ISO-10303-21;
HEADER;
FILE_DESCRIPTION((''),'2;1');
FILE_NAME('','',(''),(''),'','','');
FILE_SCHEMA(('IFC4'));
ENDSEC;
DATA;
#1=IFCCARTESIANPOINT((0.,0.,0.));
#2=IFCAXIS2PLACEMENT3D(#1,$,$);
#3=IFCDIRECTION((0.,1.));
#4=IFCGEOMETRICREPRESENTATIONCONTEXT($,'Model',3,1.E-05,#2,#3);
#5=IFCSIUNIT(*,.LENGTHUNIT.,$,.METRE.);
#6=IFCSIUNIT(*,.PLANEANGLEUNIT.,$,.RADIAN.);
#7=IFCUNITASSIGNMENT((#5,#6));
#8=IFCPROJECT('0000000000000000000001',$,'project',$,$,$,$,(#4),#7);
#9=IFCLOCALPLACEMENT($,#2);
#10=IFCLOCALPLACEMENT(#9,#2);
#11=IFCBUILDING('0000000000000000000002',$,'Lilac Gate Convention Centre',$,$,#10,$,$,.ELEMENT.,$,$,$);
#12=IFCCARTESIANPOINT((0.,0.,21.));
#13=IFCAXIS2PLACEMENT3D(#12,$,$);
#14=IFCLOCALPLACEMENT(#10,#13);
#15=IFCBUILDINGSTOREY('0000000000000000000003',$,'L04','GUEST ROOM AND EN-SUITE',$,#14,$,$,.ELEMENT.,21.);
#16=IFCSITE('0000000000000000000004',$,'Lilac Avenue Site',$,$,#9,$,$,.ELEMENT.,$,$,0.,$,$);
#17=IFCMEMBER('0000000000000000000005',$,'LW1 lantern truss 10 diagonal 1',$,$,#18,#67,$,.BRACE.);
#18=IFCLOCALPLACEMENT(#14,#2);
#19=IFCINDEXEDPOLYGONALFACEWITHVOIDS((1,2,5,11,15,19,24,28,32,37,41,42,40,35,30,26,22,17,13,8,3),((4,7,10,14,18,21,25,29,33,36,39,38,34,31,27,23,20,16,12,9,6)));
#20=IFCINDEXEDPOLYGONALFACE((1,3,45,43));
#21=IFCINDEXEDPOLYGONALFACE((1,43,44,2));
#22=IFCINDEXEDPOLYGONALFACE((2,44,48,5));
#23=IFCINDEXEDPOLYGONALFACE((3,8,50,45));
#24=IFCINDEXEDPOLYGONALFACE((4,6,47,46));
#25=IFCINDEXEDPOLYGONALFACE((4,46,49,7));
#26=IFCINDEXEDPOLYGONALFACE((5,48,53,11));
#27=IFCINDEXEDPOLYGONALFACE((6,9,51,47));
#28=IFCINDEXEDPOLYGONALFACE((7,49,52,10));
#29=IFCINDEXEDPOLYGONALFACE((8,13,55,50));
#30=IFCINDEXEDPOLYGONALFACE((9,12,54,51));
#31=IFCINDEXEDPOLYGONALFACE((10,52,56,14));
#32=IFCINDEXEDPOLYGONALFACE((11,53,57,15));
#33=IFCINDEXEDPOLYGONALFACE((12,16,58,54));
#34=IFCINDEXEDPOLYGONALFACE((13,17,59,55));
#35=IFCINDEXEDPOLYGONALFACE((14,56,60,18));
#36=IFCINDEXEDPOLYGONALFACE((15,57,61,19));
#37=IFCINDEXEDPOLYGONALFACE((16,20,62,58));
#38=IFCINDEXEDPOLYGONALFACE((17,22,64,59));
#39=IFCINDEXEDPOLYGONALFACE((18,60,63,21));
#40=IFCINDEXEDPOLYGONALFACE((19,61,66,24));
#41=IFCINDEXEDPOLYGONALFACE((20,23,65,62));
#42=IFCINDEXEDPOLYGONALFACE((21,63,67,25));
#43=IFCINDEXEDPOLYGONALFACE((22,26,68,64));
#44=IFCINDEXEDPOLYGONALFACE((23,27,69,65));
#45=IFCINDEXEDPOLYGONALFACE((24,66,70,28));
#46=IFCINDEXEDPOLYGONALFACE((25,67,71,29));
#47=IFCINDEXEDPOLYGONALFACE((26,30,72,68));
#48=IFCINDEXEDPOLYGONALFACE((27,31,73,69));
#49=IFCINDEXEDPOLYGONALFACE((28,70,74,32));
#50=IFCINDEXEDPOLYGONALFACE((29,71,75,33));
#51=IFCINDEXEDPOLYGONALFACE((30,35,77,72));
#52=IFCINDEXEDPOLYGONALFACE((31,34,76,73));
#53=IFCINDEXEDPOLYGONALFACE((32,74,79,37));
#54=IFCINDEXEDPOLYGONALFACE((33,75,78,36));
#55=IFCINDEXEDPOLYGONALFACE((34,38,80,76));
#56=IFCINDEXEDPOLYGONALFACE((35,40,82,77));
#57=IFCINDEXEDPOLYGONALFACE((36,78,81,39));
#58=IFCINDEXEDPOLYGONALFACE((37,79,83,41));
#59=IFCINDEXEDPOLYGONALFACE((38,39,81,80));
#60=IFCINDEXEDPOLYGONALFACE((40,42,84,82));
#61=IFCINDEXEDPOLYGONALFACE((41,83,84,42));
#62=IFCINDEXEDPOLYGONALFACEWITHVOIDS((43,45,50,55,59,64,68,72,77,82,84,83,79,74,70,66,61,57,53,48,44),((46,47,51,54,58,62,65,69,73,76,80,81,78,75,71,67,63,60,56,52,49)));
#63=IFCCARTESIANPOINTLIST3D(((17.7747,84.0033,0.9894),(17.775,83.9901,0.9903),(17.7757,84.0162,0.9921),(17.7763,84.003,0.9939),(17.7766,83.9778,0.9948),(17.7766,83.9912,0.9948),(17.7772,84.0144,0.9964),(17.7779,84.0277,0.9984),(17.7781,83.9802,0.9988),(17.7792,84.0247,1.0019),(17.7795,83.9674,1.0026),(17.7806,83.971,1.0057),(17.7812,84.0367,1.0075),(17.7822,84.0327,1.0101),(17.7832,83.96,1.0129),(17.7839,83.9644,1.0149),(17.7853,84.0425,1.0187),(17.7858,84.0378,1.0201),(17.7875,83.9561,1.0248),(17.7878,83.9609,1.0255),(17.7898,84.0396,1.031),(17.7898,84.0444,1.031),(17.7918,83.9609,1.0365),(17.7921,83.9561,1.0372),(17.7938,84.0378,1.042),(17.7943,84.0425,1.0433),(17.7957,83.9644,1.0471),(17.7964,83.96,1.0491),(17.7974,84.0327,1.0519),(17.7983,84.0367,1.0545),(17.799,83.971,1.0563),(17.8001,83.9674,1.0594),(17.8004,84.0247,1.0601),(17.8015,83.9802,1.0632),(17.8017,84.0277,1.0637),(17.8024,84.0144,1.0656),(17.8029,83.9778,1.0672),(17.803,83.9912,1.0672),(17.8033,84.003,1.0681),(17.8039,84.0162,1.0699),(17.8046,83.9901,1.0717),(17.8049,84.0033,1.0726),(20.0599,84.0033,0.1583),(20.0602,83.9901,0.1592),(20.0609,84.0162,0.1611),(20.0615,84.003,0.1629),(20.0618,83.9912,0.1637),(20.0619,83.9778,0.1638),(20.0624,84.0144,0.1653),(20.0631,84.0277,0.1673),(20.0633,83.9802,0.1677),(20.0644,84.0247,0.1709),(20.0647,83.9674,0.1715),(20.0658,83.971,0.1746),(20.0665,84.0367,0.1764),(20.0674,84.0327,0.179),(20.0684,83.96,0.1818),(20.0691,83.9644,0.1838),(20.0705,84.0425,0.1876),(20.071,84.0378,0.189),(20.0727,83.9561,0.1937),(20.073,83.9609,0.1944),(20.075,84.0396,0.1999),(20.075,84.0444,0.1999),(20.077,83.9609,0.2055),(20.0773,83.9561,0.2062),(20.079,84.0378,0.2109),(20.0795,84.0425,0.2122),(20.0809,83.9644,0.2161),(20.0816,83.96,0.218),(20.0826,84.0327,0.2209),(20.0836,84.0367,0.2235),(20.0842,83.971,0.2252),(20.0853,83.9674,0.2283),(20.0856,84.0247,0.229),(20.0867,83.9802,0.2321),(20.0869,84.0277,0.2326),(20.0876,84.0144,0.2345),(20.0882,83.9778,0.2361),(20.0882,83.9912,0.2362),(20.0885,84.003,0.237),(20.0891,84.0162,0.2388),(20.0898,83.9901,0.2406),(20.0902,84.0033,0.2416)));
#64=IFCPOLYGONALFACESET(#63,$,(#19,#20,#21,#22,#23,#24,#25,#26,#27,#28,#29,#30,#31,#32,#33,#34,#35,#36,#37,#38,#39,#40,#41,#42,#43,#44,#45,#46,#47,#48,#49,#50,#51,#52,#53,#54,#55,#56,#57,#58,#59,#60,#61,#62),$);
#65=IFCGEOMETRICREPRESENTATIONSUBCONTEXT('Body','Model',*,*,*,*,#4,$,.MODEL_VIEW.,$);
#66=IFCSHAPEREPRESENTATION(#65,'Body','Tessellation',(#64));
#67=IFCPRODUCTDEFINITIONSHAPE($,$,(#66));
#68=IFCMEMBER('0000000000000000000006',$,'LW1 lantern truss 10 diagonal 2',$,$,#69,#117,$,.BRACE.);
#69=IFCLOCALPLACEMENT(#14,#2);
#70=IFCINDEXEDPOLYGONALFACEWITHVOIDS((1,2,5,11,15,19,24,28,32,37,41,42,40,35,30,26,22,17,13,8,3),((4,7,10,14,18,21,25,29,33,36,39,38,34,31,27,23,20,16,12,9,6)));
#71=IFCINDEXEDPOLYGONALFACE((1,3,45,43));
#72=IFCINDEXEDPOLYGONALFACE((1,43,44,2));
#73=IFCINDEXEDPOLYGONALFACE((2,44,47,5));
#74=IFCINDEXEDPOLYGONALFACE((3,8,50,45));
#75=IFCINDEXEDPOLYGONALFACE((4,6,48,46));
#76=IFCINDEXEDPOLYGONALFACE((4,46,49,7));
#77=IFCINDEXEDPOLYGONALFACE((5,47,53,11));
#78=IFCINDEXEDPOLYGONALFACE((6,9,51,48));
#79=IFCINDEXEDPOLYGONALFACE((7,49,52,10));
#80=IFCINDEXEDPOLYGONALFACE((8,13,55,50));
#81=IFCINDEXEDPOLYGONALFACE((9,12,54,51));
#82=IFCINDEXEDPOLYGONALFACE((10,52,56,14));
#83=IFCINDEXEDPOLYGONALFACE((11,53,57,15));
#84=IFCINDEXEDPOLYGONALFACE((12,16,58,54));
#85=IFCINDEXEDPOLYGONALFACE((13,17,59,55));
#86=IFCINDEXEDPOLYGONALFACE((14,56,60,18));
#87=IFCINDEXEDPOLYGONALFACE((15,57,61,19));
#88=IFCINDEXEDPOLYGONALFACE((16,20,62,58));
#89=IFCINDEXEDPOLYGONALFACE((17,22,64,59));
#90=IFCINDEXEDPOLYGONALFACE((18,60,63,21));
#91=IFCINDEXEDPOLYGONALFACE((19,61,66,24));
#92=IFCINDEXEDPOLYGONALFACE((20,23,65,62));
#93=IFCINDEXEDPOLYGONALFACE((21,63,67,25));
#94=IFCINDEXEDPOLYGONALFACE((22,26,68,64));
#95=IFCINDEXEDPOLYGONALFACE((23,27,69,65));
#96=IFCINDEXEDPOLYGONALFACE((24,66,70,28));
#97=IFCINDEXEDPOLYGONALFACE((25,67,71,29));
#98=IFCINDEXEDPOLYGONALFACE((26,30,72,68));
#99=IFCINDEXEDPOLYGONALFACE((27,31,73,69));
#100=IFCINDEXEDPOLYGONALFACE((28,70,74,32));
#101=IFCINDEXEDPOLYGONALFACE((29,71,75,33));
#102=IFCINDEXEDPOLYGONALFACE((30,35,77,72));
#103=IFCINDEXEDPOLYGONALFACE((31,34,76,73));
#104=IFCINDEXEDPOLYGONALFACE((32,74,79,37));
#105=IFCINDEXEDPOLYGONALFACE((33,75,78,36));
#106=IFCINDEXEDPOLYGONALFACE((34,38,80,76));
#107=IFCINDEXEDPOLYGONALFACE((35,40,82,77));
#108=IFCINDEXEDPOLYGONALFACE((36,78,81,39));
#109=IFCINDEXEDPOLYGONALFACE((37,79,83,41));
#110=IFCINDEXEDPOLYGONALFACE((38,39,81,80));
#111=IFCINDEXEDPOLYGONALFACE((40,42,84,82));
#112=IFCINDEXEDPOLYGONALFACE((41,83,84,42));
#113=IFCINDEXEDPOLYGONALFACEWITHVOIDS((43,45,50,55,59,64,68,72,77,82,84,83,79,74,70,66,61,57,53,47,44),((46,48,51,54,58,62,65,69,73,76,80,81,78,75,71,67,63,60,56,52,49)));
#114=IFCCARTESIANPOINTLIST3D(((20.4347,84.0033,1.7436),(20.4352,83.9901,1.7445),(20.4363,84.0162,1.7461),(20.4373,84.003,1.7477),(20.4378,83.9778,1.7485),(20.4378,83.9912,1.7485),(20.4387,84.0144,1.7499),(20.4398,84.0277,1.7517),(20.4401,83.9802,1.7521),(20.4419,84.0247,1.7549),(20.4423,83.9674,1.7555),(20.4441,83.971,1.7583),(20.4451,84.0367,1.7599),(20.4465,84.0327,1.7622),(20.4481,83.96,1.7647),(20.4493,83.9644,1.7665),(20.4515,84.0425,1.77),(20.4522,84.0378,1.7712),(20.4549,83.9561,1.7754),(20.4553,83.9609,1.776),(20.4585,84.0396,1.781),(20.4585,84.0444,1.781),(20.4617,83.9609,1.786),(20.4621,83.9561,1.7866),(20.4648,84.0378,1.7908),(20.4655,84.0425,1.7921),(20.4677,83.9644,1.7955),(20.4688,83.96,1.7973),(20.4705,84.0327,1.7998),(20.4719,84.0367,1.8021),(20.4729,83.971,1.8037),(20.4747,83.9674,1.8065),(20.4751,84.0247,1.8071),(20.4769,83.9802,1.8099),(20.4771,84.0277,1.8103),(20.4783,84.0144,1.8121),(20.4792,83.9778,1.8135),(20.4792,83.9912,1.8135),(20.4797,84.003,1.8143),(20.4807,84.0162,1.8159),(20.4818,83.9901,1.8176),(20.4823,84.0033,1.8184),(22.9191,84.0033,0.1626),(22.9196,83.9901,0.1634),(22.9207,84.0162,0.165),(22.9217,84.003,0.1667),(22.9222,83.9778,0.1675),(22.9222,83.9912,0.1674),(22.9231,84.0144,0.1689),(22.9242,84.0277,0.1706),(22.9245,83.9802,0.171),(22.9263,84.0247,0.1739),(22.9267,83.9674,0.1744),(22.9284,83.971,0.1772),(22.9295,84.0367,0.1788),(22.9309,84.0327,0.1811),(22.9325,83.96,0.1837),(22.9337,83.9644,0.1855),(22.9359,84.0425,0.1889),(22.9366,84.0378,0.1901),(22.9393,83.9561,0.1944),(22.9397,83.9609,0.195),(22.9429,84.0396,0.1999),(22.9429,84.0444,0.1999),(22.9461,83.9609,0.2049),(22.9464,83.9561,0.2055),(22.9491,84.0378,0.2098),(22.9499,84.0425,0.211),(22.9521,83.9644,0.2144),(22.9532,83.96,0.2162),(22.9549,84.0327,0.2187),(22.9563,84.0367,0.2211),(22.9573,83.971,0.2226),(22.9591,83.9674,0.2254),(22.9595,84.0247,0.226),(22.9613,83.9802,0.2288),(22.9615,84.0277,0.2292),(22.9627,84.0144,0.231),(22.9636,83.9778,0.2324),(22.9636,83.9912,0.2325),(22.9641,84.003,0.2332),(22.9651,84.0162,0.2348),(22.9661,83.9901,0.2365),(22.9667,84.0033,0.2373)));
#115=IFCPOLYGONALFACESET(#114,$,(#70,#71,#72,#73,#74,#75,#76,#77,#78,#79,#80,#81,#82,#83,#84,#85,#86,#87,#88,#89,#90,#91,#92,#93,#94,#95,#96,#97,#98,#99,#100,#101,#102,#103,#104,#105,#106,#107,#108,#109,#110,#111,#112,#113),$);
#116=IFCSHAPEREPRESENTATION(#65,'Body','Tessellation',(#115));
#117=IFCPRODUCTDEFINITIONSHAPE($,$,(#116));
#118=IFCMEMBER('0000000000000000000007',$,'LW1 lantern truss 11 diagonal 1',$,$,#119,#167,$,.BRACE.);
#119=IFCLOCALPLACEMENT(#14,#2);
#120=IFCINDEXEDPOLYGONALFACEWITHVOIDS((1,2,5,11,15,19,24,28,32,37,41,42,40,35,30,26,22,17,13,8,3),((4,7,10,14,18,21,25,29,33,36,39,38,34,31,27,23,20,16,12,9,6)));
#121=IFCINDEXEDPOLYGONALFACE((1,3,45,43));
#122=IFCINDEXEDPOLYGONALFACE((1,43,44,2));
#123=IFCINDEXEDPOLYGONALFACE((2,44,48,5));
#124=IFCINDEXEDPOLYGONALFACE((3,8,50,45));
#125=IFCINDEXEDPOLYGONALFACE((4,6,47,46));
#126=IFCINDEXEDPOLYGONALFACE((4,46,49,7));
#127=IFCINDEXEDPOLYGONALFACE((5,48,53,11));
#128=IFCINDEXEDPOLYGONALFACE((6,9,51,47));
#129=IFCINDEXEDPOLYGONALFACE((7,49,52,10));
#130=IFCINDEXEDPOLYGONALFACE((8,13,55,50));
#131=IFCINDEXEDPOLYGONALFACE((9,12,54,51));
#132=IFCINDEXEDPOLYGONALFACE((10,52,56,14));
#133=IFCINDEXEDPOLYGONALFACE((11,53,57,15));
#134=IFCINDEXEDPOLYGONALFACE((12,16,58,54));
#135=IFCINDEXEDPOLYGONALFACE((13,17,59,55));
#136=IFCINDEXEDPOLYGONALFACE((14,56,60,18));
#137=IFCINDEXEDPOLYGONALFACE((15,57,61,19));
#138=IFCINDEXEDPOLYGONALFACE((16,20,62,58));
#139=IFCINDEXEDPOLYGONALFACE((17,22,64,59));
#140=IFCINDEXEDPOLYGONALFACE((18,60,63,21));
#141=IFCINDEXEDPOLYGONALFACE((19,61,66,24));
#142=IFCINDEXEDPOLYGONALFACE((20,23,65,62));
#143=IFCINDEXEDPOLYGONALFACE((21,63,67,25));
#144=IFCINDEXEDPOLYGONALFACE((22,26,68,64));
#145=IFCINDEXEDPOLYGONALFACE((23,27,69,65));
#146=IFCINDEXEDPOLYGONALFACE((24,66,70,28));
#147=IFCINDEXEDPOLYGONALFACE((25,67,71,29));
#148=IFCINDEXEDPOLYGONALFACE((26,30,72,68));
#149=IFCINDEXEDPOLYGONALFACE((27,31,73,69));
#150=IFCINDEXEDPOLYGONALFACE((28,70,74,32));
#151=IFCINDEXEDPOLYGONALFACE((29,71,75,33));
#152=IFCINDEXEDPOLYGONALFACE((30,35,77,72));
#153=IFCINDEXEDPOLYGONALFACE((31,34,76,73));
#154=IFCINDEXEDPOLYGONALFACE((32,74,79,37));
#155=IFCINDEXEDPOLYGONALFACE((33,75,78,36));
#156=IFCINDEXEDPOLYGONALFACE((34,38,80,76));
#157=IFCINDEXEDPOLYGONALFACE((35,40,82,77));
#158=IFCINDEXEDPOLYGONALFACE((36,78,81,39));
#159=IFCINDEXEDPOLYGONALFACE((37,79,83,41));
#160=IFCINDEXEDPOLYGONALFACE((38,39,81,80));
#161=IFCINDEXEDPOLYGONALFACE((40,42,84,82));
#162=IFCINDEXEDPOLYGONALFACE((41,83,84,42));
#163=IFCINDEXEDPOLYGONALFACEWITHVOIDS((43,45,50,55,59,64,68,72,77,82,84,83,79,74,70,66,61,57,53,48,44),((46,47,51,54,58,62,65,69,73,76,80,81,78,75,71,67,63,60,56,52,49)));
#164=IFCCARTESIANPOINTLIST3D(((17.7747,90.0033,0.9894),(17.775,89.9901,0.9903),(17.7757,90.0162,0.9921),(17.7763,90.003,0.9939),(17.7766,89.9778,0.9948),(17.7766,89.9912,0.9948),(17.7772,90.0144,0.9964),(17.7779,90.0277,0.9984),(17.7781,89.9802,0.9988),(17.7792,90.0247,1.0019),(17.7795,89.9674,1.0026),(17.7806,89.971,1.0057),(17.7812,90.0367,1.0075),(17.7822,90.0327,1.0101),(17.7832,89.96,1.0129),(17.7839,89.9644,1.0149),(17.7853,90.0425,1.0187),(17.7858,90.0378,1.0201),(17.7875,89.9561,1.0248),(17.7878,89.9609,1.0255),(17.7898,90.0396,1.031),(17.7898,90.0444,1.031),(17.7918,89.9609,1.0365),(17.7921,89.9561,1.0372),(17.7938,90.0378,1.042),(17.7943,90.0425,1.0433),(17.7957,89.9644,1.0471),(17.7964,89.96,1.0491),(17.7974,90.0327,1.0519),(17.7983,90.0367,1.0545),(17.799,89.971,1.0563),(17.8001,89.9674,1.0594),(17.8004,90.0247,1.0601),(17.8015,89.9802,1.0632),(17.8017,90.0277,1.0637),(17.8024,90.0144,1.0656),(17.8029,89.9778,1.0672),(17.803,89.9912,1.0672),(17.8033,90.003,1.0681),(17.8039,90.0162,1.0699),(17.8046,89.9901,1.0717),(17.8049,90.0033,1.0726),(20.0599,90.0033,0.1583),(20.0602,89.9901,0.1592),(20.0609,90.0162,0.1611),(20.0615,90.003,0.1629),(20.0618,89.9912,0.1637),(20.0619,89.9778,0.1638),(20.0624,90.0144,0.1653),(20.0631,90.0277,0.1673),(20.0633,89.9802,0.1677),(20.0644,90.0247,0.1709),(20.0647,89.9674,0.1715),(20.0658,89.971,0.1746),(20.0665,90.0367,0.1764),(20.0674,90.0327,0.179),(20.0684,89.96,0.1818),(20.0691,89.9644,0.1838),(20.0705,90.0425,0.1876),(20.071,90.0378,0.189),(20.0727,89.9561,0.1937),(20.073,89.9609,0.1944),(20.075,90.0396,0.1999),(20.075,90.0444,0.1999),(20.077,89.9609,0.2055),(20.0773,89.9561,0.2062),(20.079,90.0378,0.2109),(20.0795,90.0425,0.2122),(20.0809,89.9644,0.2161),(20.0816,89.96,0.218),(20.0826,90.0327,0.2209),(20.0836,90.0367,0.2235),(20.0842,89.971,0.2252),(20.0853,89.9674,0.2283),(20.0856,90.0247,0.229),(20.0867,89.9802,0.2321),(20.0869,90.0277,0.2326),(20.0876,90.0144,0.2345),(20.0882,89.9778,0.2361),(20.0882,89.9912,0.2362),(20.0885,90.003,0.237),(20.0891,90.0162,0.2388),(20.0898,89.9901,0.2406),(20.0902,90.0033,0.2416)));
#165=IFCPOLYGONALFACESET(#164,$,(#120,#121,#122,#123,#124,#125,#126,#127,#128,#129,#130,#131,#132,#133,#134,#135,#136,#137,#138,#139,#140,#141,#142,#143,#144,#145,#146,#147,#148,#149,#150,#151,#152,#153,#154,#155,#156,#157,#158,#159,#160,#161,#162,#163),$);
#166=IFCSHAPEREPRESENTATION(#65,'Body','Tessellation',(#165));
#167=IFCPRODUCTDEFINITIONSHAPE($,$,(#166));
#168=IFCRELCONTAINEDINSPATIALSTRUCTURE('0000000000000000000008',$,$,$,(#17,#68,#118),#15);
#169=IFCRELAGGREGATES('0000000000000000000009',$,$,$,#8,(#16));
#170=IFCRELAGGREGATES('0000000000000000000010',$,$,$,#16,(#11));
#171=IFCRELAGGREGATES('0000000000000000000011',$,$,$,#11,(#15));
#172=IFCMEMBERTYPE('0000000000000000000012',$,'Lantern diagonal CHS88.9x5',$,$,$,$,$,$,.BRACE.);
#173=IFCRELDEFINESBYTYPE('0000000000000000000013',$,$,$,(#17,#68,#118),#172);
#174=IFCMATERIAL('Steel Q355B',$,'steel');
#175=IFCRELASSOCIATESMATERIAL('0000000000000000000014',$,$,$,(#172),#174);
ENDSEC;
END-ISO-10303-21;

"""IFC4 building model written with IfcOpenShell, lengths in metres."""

from ifc_helpers import new_model, si_unit, direction, frame, origin, origin_2d, place, context, subcontext, project, spatial, hollow_circle, extrude, material, material_profile, profile_set, type_object, element, save


model = new_model("IFC4")

# Units and contexts
model_context = context("Model", 3, precision=1e-05, world=origin(), true_north=direction((0.0, 1.0)))
body_context = subcontext(model_context, "Body", "Model", "MODEL_VIEW")
ifc_project = project(units=[si_unit("LENGTHUNIT", "METRE"), si_unit("PLANEANGLEUNIT", "RADIAN")], contexts=[model_context])

# Site, building, storey
site_placement = place(None, origin())
site = spatial("IfcSite", under=ifc_project, at=site_placement, Name="Lilac Avenue Site", CompositionType="ELEMENT", RefElevation=0.0)
building_placement = place(site_placement, origin())
building = spatial("IfcBuilding", under=site, at=building_placement, Name="Lilac Gate Convention Centre", CompositionType="ELEMENT")
storey_placement = place(building_placement, frame((0.0, 0.0, 21.0)))
storey = spatial("IfcBuildingStorey", under=building, at=storey_placement, Name="L04", Description="GUEST ROOM AND EN-SUITE", CompositionType="ELEMENT", Elevation=21.0)

# Members
ifc_material_1 = material(Name="Steel Q355B", Category="steel")
ifc_material_profile_1 = material_profile(ifc_material_1, hollow_circle(Radius=0.0444, WallThickness=0.0049, at=origin_2d()), Name="CHS88.9x5")
ifc_profile_set_1 = profile_set([ifc_material_profile_1], Name="Steel Q355B")
member_type_1 = type_object("IfcMemberType", Name="Lantern diagonal CHS88.9x5", PredefinedType="BRACE", material=ifc_profile_set_1)
member_1_placement = place(storey_placement, frame((17.7898, 84.0, 1.031), z_axis=(0.939782, 0.0, -0.341775), x_axis=(0.0, 1.0, 0.0)))
element("IfcMember", 1, at=member_1_placement, inside=storey, type_object=member_type_1, Name="LW1 lantern truss 10 diagonal 1", PredefinedType="BRACE", context=body_context, shape_type="SweptSolid", body=[
    extrude(hollow_circle(Radius=0.0444, WallThickness=0.0049, at=origin_2d()), origin(), (0.0, 0.0, 1.0), 2.4316),
])
member_2_placement = place(storey_placement, frame((20.4585, 84.0, 1.781), z_axis=(0.843648, 0.0, -0.536897), x_axis=(0.0, 1.0, 0.0)))
element("IfcMember", 2, at=member_2_placement, inside=storey, type_object=member_type_1, Name="LW1 lantern truss 10 diagonal 2", PredefinedType="BRACE", context=body_context, shape_type="SweptSolid", body=[
    extrude(hollow_circle(Radius=0.0444, WallThickness=0.0049, at=origin_2d()), origin(), (0.0, 0.0, 1.0), 2.9448),
])
member_3_placement = place(storey_placement, frame((17.7898, 90.0, 1.031), z_axis=(0.939782, 0.0, -0.341775), x_axis=(0.0, 1.0, 0.0)))
element("IfcMember", 3, at=member_3_placement, inside=storey, type_object=member_type_1, Name="LW1 lantern truss 11 diagonal 1", PredefinedType="BRACE", context=body_context, shape_type="SweptSolid", body=[
    extrude(hollow_circle(Radius=0.0444, WallThickness=0.0049, at=origin_2d()), origin(), (0.0, 0.0, 1.0), 2.4316),
])

save(model, "model.ifc")
